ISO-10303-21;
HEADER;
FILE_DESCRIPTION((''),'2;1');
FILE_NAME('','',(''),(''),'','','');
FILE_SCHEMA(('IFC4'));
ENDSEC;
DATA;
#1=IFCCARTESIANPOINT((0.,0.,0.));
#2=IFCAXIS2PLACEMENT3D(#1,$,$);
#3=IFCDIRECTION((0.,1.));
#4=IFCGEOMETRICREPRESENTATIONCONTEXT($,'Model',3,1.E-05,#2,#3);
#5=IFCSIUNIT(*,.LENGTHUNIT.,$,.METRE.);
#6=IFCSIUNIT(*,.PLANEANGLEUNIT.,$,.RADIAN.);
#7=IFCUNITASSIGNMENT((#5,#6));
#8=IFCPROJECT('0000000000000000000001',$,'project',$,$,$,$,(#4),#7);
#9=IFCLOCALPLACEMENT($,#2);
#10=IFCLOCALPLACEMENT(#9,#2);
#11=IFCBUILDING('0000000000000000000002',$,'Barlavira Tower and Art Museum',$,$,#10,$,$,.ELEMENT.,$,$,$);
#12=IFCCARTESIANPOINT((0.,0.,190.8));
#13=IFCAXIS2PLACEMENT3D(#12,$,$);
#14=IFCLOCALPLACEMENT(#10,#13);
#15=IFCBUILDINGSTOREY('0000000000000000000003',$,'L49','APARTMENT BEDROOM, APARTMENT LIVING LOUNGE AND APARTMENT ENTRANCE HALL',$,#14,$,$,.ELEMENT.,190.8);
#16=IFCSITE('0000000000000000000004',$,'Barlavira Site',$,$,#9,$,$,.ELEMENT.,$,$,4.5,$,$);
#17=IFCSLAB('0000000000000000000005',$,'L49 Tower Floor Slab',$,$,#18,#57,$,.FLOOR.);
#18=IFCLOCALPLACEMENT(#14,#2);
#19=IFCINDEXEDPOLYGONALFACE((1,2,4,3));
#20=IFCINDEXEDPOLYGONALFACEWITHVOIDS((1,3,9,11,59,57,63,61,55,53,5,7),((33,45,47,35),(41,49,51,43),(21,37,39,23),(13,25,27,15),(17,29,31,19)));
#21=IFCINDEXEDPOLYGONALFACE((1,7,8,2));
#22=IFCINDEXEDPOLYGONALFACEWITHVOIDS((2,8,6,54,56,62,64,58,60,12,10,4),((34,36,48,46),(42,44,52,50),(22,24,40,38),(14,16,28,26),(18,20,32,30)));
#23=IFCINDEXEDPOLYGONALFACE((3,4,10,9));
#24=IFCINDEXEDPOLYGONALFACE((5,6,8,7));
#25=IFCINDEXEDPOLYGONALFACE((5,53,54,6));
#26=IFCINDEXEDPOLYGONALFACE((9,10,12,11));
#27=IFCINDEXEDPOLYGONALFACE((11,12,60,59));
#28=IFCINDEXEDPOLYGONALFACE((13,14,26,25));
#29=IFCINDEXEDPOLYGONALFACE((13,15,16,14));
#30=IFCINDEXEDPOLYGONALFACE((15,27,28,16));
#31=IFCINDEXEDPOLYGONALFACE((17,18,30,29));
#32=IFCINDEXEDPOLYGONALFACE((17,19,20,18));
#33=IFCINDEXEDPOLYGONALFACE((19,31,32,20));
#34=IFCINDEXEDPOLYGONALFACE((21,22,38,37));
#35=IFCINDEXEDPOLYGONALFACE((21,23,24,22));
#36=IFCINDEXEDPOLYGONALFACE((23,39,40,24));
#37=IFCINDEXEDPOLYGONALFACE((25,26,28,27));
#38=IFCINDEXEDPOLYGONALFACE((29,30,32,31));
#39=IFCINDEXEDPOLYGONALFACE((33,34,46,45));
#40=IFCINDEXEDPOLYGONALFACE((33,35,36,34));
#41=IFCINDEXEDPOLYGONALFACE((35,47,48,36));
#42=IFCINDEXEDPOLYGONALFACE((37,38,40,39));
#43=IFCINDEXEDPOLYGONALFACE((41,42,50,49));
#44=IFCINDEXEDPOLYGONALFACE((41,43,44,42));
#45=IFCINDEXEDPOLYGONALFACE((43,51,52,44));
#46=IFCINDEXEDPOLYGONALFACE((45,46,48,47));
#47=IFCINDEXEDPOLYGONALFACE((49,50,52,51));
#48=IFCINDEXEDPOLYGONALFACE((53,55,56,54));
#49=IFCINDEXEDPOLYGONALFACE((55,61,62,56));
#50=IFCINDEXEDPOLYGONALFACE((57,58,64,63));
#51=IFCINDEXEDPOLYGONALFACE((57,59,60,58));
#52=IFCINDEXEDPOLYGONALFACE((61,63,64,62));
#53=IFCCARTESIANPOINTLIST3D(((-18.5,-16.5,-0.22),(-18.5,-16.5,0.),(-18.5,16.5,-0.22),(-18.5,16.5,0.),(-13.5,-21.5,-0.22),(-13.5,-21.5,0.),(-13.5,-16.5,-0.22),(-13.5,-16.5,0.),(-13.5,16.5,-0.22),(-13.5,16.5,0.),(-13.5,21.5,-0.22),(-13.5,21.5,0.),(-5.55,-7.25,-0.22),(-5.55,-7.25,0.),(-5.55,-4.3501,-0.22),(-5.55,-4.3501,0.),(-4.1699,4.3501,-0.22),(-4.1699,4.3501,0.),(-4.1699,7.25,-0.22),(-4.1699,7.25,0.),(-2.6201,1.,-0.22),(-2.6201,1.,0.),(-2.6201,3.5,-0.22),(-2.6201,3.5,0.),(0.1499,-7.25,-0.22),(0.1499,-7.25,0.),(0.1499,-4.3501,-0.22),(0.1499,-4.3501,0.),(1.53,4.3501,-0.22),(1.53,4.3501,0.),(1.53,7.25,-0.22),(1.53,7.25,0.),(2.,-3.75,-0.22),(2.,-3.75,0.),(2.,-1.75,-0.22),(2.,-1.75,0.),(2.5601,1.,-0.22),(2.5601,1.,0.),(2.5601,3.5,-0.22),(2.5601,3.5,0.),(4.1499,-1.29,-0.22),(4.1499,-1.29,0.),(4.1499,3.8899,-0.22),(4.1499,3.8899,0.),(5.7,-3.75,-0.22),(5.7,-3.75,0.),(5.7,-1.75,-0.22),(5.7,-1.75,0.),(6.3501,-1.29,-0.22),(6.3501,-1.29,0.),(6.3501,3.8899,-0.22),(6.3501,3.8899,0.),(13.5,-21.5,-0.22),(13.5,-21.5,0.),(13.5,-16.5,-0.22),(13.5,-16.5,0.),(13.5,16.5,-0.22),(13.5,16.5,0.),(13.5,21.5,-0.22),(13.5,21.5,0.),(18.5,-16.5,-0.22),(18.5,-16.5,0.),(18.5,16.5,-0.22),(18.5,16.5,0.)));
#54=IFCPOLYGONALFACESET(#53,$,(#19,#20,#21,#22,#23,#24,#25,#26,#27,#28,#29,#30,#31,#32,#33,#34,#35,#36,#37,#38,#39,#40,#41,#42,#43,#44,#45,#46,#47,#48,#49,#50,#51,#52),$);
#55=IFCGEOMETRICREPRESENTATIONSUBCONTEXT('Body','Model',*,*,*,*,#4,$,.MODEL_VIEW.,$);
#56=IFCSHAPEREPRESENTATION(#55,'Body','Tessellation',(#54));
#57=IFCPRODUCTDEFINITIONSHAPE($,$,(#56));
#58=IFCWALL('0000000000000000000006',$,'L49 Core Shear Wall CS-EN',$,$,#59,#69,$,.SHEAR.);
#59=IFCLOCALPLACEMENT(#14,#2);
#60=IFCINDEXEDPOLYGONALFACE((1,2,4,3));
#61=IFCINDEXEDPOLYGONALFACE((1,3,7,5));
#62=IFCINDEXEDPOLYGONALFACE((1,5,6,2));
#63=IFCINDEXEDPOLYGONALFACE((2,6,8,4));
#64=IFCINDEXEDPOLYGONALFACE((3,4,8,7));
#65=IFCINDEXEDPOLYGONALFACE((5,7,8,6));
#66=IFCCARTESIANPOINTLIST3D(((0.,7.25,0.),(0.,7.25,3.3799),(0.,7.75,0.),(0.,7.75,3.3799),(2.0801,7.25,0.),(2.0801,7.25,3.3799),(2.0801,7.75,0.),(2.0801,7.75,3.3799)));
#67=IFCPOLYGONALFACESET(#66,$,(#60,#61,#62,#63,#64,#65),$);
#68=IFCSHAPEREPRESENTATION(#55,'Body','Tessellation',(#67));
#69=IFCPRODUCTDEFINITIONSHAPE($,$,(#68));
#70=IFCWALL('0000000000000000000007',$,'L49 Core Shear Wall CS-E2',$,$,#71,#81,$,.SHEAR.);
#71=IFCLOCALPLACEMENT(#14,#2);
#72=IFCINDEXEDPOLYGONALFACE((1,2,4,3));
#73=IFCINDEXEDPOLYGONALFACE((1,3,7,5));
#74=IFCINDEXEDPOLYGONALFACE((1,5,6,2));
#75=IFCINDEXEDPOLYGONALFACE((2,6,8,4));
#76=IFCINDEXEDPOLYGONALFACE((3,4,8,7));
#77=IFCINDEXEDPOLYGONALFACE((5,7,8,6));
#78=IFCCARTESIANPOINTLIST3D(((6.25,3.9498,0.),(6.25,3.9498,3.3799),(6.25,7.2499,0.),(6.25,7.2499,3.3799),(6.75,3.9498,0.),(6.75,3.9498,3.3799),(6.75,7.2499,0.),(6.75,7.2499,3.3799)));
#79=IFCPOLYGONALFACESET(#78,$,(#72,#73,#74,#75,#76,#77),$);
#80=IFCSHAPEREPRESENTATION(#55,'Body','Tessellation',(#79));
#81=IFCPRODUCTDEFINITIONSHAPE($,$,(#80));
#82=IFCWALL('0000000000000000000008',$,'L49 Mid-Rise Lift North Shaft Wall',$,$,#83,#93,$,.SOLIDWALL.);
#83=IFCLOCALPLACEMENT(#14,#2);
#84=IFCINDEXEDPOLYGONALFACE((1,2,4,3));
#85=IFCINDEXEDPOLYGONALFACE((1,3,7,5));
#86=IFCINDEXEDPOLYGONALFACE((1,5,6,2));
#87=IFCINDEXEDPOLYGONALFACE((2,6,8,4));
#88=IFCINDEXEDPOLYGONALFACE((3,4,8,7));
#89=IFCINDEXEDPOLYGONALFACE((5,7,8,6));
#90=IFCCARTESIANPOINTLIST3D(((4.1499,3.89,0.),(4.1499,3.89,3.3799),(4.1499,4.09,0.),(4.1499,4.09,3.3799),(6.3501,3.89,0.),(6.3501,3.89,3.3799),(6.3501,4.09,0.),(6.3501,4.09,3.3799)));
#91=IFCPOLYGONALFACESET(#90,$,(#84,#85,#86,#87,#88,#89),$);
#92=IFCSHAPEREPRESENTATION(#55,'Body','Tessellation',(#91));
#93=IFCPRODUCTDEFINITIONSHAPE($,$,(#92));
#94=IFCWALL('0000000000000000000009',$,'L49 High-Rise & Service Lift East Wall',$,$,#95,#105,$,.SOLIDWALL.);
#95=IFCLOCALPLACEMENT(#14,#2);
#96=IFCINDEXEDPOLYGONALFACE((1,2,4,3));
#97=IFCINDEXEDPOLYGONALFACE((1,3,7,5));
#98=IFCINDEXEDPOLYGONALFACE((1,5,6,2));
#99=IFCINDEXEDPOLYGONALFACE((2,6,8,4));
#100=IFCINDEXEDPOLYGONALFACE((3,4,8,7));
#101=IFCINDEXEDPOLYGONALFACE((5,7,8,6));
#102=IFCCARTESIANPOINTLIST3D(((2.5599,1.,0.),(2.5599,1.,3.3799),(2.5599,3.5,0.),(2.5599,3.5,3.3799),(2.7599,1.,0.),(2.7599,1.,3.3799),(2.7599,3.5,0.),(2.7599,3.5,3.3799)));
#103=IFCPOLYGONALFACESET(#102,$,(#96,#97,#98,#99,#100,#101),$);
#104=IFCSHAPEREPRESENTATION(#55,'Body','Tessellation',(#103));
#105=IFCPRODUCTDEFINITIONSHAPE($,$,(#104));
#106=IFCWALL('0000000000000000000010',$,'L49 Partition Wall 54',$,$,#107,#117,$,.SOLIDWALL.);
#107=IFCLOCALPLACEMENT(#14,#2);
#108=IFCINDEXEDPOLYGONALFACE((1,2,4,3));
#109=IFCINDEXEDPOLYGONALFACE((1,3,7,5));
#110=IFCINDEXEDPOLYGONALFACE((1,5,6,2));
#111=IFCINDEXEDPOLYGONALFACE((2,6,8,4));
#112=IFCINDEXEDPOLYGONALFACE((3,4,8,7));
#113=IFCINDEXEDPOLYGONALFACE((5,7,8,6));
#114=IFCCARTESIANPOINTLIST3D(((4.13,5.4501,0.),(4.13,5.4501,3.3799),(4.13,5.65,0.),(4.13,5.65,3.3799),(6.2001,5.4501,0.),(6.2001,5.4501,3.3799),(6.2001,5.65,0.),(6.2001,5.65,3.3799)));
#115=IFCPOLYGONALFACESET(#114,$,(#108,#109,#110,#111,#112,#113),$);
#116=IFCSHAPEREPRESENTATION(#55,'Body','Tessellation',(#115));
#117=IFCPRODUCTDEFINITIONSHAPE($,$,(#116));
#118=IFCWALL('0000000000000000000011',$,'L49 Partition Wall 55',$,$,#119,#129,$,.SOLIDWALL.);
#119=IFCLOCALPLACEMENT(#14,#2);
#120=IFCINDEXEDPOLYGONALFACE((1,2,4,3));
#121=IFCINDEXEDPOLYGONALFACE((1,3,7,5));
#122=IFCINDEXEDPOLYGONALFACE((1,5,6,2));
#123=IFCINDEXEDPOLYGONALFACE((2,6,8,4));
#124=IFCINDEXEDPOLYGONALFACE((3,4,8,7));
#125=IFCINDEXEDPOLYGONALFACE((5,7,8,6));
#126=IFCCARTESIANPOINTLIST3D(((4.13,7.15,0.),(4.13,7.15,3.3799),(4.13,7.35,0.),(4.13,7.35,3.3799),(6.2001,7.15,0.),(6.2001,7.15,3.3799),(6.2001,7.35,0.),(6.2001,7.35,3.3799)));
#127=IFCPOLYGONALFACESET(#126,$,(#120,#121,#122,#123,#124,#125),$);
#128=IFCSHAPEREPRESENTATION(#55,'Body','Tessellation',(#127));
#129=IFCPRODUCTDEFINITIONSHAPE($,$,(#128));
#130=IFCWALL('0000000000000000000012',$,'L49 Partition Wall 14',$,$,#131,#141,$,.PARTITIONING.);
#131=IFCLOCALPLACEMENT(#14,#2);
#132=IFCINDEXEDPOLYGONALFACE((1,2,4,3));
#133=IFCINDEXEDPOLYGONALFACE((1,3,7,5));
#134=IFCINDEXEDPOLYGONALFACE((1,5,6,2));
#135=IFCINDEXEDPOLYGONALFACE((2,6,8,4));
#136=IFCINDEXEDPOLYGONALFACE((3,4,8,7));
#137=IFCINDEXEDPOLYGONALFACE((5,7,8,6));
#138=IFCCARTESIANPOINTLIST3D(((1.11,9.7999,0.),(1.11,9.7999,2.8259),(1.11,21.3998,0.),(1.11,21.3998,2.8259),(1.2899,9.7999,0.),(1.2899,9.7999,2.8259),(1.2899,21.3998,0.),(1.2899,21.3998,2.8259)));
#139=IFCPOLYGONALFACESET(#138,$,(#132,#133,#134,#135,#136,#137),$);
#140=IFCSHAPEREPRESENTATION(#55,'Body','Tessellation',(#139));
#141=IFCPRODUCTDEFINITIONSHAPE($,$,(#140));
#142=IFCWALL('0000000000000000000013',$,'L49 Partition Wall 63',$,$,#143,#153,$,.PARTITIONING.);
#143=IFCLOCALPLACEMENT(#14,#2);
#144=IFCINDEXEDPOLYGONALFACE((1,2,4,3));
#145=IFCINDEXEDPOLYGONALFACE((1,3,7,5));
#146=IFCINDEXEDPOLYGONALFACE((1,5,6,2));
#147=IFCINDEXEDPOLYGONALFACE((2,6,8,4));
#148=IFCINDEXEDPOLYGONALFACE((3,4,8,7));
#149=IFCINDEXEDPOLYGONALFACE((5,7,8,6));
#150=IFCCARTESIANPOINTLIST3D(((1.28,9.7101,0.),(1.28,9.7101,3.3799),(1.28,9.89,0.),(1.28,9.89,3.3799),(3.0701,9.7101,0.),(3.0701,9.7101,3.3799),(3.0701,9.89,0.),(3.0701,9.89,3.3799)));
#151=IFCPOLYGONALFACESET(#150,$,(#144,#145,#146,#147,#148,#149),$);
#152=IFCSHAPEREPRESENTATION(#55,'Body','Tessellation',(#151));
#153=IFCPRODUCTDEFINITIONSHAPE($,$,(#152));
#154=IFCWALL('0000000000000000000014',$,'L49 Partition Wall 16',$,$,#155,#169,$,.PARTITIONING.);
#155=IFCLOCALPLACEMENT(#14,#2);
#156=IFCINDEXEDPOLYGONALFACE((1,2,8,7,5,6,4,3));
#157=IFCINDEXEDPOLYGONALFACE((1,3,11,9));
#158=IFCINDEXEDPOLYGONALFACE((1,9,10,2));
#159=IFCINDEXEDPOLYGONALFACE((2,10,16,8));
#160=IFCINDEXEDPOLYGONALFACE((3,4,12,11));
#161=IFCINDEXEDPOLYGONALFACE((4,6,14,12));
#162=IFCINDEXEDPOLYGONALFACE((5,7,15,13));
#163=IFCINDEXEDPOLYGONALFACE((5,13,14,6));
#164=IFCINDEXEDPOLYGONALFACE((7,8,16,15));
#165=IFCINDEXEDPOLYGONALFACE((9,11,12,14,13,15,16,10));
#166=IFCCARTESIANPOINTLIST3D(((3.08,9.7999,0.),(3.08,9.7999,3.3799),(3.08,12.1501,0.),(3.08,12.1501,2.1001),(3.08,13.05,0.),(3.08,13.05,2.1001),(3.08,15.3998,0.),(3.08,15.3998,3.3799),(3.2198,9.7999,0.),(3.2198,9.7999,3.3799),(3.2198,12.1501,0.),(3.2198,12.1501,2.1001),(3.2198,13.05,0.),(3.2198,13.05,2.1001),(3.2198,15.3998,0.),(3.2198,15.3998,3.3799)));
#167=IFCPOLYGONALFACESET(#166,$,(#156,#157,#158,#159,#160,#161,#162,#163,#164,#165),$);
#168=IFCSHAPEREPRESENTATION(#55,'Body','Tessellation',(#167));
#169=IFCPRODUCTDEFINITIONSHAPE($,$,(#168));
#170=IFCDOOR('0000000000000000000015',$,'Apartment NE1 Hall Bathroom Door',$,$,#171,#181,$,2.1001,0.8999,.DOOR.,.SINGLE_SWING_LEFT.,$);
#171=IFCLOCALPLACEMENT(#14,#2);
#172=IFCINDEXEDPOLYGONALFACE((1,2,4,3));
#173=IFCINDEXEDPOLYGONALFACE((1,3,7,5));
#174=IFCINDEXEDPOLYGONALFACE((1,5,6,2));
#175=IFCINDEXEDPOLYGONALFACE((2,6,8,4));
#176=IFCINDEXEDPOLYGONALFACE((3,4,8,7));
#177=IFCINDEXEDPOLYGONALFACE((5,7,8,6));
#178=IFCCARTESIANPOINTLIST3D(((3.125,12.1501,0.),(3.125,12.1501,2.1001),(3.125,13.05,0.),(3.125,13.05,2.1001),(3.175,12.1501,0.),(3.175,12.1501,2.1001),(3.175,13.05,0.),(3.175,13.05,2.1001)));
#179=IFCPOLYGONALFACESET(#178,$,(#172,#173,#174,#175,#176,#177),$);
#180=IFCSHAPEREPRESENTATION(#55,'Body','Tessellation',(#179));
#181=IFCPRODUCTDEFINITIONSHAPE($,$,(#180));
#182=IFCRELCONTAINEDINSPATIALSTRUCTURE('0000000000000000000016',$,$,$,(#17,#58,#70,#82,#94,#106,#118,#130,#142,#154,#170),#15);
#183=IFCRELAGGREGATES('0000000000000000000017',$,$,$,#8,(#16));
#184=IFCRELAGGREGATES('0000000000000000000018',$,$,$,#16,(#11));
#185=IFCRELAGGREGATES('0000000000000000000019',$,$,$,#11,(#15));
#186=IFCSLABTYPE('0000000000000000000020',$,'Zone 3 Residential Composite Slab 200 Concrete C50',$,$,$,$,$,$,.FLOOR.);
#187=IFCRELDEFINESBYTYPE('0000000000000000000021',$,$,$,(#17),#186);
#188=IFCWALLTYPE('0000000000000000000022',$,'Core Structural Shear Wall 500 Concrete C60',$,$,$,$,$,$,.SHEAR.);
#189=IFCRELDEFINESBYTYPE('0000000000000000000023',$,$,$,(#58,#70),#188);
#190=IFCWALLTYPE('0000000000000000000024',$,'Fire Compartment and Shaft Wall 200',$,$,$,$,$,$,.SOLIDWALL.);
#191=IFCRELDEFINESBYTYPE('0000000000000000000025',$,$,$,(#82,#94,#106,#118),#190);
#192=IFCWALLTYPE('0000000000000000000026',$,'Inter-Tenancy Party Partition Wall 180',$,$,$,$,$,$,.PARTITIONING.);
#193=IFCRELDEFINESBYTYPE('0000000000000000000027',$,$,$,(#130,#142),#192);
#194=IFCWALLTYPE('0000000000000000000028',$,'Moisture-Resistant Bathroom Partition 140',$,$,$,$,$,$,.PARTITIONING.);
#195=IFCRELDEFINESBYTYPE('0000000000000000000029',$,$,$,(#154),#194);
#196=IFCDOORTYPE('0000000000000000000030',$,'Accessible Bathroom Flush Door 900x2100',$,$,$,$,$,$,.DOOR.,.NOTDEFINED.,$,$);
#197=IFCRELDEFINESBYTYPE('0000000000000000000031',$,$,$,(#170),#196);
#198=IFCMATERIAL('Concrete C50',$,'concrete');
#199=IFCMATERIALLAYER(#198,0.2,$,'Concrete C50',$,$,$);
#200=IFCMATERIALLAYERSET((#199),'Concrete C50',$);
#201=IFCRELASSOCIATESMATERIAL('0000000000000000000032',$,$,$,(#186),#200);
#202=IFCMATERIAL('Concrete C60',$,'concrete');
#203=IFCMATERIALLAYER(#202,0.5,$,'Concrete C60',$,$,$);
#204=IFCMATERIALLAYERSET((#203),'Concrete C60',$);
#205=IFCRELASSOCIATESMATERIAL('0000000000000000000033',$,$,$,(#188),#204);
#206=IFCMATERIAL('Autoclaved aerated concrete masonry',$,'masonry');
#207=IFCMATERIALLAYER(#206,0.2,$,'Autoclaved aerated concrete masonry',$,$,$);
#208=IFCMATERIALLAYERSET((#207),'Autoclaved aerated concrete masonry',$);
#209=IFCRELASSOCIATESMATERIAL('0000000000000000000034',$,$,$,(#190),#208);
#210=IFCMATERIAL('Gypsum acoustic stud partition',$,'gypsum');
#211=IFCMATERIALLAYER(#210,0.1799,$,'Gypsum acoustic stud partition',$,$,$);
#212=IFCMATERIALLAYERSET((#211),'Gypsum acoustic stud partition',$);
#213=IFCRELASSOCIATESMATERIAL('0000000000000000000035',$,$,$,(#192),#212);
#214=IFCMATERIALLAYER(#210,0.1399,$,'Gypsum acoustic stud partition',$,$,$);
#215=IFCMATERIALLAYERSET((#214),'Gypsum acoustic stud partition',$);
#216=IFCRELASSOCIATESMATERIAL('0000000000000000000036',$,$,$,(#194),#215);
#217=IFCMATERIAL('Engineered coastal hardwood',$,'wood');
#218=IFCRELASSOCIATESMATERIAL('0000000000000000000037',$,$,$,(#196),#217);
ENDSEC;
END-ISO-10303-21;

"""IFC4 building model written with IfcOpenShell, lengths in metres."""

from ifc_helpers import new_model, si_unit, direction, frame, frame_2d, origin, place, context, subcontext, project, spatial, polyline, rectangle, outline, extrude, material, layer, layer_set, type_object, element, fill, save


model = new_model("IFC4")

# Units and contexts
model_context = context("Model", 3, precision=1e-05, world=origin(), true_north=direction((0.0, 1.0)))
body_context = subcontext(model_context, "Body", "Model", "MODEL_VIEW")
ifc_project = project(units=[si_unit("LENGTHUNIT", "METRE"), si_unit("PLANEANGLEUNIT", "RADIAN")], contexts=[model_context])

# Site, building, storey
site_placement = place(None, origin())
site = spatial("IfcSite", under=ifc_project, at=site_placement, Name="Barlavira Site", CompositionType="ELEMENT", RefElevation=4.5)
building_placement = place(site_placement, origin())
building = spatial("IfcBuilding", under=site, at=building_placement, Name="Barlavira Tower and Art Museum", CompositionType="ELEMENT")
storey_placement = place(building_placement, frame((0.0, 0.0, 190.8)))
storey = spatial("IfcBuildingStorey", under=building, at=storey_placement, Name="L49", Description="APARTMENT BEDROOM, APARTMENT LIVING LOUNGE AND APARTMENT ENTRANCE HALL", CompositionType="ELEMENT", Elevation=190.8)

# Slab
ifc_material_1 = material(Name="Concrete C50", Category="concrete")
ifc_layer_1 = layer(ifc_material_1, 0.2, Name="Concrete C50")
ifc_layer_set_1 = layer_set([ifc_layer_1], Name="Concrete C50")
slab_type_1 = type_object("IfcSlabType", Name="Zone 3 Residential Composite Slab 200 Concrete C50", PredefinedType="FLOOR", material=ifc_layer_set_1)
slab_1_placement = place(storey_placement, frame((0.0, 0.0, -0.22)))
element("IfcSlab", 1, at=slab_1_placement, inside=storey, type_object=slab_type_1, Name="L49 Tower Floor Slab", PredefinedType="FLOOR", context=body_context, shape_type="SweptSolid", body=[
    extrude(outline(polyline([(-13.5, -21.5), (13.5, -21.5), (13.5, -16.5), (18.5, -16.5), (18.5, 16.5), (13.5, 16.5), (13.5, 21.5), (-13.5, 21.5), (-13.5, 16.5), (-18.5, 16.5), (-18.5, -16.5), (-13.5, -16.5), (-13.5, -21.5)]), holes=[polyline([(0.1499, -4.3501), (-5.55, -4.3501), (-5.55, -7.25), (0.1499, -7.25), (0.1499, -4.3501)]), polyline([(-4.1699, 4.3501), (1.53, 4.3501), (1.53, 7.25), (-4.1699, 7.25), (-4.1699, 4.3501)]), polyline([(4.1499, -1.29), (6.3501, -1.29), (6.3501, 3.8899), (4.1499, 3.8899), (4.1499, -1.29)]), polyline([(-2.6201, 1.0), (2.5601, 1.0), (2.5601, 3.5), (-2.6201, 3.5), (-2.6201, 1.0)]), polyline([(2.0, -3.75), (5.7, -3.75), (5.7, -1.75), (2.0, -1.75), (2.0, -3.75)])]), origin(), (0.0, 0.0, 1.0), 0.22),
])

# Walls
ifc_material_2 = material(Name="Concrete C60", Category="concrete")
ifc_layer_2 = layer(ifc_material_2, 0.5, Name="Concrete C60")
ifc_layer_set_2 = layer_set([ifc_layer_2], Name="Concrete C60")
wall_type_1 = type_object("IfcWallType", Name="Core Structural Shear Wall 500 Concrete C60", PredefinedType="SHEAR", material=ifc_layer_set_2)
wall_1_placement = place(storey_placement, frame((0.0, 7.5, 0.0), z_axis=(0.0, 0.0, 1.0), x_axis=(1.0, 0.0, 0.0)))
element("IfcWall", 2, at=wall_1_placement, inside=storey, type_object=wall_type_1, Name="L49 Core Shear Wall CS-EN", PredefinedType="SHEAR", context=body_context, shape_type="SweptSolid", body=[
    extrude(rectangle(XDim=2.0801, YDim=0.5, at=frame_2d((1.04, 0.0))), origin(), (0.0, 0.0, 1.0), 3.3799),
])
wall_2_placement = place(storey_placement, frame((6.5, 3.95, 0.0), z_axis=(0.0, 0.0, 1.0), x_axis=(0.0, 1.0, 0.0)))
element("IfcWall", 3, at=wall_2_placement, inside=storey, type_object=wall_type_1, Name="L49 Core Shear Wall CS-E2", PredefinedType="SHEAR", context=body_context, shape_type="SweptSolid", body=[
    extrude(rectangle(XDim=3.3, YDim=0.5, at=frame_2d((1.6499, 0.0))), origin(), (0.0, 0.0, 1.0), 3.3799),
])
ifc_material_3 = material(Name="Autoclaved aerated concrete masonry", Category="masonry")
ifc_layer_3 = layer(ifc_material_3, 0.2, Name="Autoclaved aerated concrete masonry")
ifc_layer_set_3 = layer_set([ifc_layer_3], Name="Autoclaved aerated concrete masonry")
wall_type_2 = type_object("IfcWallType", Name="Fire Compartment and Shaft Wall 200", PredefinedType="SOLIDWALL", material=ifc_layer_set_3)
wall_3_placement = place(storey_placement, frame((4.1499, 3.99, 0.0), z_axis=(0.0, 0.0, 1.0), x_axis=(1.0, 0.0, 0.0)))
element("IfcWall", 4, at=wall_3_placement, inside=storey, type_object=wall_type_2, Name="L49 Mid-Rise Lift North Shaft Wall", PredefinedType="SOLIDWALL", context=body_context, shape_type="SweptSolid", body=[
    extrude(rectangle(XDim=2.2002, YDim=0.2, at=frame_2d((1.1001, 0.0))), origin(), (0.0, 0.0, 1.0), 3.3799),
])
wall_4_placement = place(storey_placement, frame((2.6599, 1.0, 0.0), z_axis=(0.0, 0.0, 1.0), x_axis=(0.0, 1.0, 0.0)))
element("IfcWall", 5, at=wall_4_placement, inside=storey, type_object=wall_type_2, Name="L49 High-Rise & Service Lift East Wall", PredefinedType="SOLIDWALL", context=body_context, shape_type="SweptSolid", body=[
    extrude(rectangle(XDim=2.5, YDim=0.2, at=frame_2d((1.25, 0.0))), origin(), (0.0, 0.0, 1.0), 3.3799),
])

# Walls
for number, where, z_axis, x_axis, name in (
    (6, (4.1299, 5.55, 0.0), (0.0, 0.0, 1.0), (1.0, 0.0, 0.0), "L49 Partition Wall 54"),
    (7, (4.1299, 7.25, 0.0), (0.0, 0.0, 1.0), (1.0, 0.0, 0.0), "L49 Partition Wall 55"),
):
    element("IfcWall", number, at=place(storey_placement, frame(where, z_axis=z_axis, x_axis=x_axis)), inside=storey, type_object=wall_type_2, Name=name, PredefinedType="SOLIDWALL", context=body_context, shape_type="SweptSolid", body=[
        extrude(rectangle(XDim=2.0701, YDim=0.2, at=frame_2d((1.0352, 0.0))), origin(), (0.0, 0.0, 1.0), 3.3799),
    ])
ifc_material_4 = material(Name="Gypsum acoustic stud partition", Category="gypsum")
ifc_layer_4 = layer(ifc_material_4, 0.1799, Name="Gypsum acoustic stud partition")
ifc_layer_set_4 = layer_set([ifc_layer_4], Name="Gypsum acoustic stud partition")
wall_type_3 = type_object("IfcWallType", Name="Inter-Tenancy Party Partition Wall 180", PredefinedType="PARTITIONING", material=ifc_layer_set_4)
wall_5_placement = place(storey_placement, frame((1.2, 9.8, 0.0), z_axis=(0.0, 0.0, 1.0), x_axis=(0.0, 1.0, 0.0)))
element("IfcWall", 8, at=wall_5_placement, inside=storey, type_object=wall_type_3, Name="L49 Partition Wall 14", PredefinedType="PARTITIONING", context=body_context, shape_type="SweptSolid", body=[
    extrude(rectangle(XDim=11.5999, YDim=0.1799, at=frame_2d((5.7998, 0.0))), origin(), (0.0, 0.0, 1.0), 2.8259),
])
wall_6_placement = place(storey_placement, frame((1.28, 9.8, 0.0), z_axis=(0.0, 0.0, 1.0), x_axis=(1.0, 0.0, 0.0)))
element("IfcWall", 9, at=wall_6_placement, inside=storey, type_object=wall_type_3, Name="L49 Partition Wall 63", PredefinedType="PARTITIONING", context=body_context, shape_type="SweptSolid", body=[
    extrude(rectangle(XDim=1.79, YDim=0.1799, at=frame_2d((0.895, 0.0))), origin(), (0.0, 0.0, 1.0), 3.3799),
])

# Wall, opening, door
ifc_layer_5 = layer(ifc_material_4, 0.1399, Name="Gypsum acoustic stud partition")
ifc_layer_set_5 = layer_set([ifc_layer_5], Name="Gypsum acoustic stud partition")
wall_type_4 = type_object("IfcWallType", Name="Moisture-Resistant Bathroom Partition 140", PredefinedType="PARTITIONING", material=ifc_layer_set_5)
wall_7_placement = place(storey_placement, frame((3.1499, 9.8, 0.0), z_axis=(0.0, 0.0, 1.0), x_axis=(0.0, 1.0, 0.0)))
wall_7 = element("IfcWall", 10, at=wall_7_placement, inside=storey, type_object=wall_type_4, Name="L49 Partition Wall 16", PredefinedType="PARTITIONING", context=body_context, shape_type="SweptSolid", body=[
    extrude(rectangle(XDim=5.5999, YDim=0.1399, at=frame_2d((2.7998, 0.0))), origin(), (0.0, 0.0, 1.0), 3.3799),
])
opening_1_placement = place(wall_7_placement, frame((2.3501, 0.0, 0.0)))
opening_1 = element("IfcOpeningElement", 11, at=opening_1_placement, cuts=wall_7, PredefinedType="OPENING", context=body_context, shape_type="SweptSolid", body=[
    extrude(rectangle(XDim=0.8999, YDim=2.1001, at=frame_2d((0.45, 1.05))), frame((0.0, 0.0801, 0.0), z_axis=(0.0, -1.0, 0.0), x_axis=(1.0, 0.0, 0.0)), (0.0, 0.0, 1.0), 0.1599),
])
ifc_material_5 = material(Name="Engineered coastal hardwood", Category="wood")
door_type_1 = type_object("IfcDoorType", Name="Accessible Bathroom Flush Door 900x2100", OperationType="NOTDEFINED", PredefinedType="DOOR", material=ifc_material_5)
door_1_placement = place(opening_1_placement, origin())
door_1 = element("IfcDoor", 12, at=door_1_placement, inside=storey, type_object=door_type_1, Name="Apartment NE1 Hall Bathroom Door", OperationType="SINGLE_SWING_LEFT", OverallHeight=2.1001, OverallWidth=0.8999, PredefinedType="DOOR", context=body_context, shape_type="SweptSolid", body=[
    extrude(rectangle(XDim=0.8999, YDim=2.1001, at=frame_2d((0.45, 1.05))), frame((0.0, 0.0249, 0.0), z_axis=(0.0, -1.0, 0.0), x_axis=(1.0, 0.0, 0.0)), (0.0, 0.0, 1.0), 0.05),
])
fill(opening_1, door_1)

save(model, "model.ifc")
